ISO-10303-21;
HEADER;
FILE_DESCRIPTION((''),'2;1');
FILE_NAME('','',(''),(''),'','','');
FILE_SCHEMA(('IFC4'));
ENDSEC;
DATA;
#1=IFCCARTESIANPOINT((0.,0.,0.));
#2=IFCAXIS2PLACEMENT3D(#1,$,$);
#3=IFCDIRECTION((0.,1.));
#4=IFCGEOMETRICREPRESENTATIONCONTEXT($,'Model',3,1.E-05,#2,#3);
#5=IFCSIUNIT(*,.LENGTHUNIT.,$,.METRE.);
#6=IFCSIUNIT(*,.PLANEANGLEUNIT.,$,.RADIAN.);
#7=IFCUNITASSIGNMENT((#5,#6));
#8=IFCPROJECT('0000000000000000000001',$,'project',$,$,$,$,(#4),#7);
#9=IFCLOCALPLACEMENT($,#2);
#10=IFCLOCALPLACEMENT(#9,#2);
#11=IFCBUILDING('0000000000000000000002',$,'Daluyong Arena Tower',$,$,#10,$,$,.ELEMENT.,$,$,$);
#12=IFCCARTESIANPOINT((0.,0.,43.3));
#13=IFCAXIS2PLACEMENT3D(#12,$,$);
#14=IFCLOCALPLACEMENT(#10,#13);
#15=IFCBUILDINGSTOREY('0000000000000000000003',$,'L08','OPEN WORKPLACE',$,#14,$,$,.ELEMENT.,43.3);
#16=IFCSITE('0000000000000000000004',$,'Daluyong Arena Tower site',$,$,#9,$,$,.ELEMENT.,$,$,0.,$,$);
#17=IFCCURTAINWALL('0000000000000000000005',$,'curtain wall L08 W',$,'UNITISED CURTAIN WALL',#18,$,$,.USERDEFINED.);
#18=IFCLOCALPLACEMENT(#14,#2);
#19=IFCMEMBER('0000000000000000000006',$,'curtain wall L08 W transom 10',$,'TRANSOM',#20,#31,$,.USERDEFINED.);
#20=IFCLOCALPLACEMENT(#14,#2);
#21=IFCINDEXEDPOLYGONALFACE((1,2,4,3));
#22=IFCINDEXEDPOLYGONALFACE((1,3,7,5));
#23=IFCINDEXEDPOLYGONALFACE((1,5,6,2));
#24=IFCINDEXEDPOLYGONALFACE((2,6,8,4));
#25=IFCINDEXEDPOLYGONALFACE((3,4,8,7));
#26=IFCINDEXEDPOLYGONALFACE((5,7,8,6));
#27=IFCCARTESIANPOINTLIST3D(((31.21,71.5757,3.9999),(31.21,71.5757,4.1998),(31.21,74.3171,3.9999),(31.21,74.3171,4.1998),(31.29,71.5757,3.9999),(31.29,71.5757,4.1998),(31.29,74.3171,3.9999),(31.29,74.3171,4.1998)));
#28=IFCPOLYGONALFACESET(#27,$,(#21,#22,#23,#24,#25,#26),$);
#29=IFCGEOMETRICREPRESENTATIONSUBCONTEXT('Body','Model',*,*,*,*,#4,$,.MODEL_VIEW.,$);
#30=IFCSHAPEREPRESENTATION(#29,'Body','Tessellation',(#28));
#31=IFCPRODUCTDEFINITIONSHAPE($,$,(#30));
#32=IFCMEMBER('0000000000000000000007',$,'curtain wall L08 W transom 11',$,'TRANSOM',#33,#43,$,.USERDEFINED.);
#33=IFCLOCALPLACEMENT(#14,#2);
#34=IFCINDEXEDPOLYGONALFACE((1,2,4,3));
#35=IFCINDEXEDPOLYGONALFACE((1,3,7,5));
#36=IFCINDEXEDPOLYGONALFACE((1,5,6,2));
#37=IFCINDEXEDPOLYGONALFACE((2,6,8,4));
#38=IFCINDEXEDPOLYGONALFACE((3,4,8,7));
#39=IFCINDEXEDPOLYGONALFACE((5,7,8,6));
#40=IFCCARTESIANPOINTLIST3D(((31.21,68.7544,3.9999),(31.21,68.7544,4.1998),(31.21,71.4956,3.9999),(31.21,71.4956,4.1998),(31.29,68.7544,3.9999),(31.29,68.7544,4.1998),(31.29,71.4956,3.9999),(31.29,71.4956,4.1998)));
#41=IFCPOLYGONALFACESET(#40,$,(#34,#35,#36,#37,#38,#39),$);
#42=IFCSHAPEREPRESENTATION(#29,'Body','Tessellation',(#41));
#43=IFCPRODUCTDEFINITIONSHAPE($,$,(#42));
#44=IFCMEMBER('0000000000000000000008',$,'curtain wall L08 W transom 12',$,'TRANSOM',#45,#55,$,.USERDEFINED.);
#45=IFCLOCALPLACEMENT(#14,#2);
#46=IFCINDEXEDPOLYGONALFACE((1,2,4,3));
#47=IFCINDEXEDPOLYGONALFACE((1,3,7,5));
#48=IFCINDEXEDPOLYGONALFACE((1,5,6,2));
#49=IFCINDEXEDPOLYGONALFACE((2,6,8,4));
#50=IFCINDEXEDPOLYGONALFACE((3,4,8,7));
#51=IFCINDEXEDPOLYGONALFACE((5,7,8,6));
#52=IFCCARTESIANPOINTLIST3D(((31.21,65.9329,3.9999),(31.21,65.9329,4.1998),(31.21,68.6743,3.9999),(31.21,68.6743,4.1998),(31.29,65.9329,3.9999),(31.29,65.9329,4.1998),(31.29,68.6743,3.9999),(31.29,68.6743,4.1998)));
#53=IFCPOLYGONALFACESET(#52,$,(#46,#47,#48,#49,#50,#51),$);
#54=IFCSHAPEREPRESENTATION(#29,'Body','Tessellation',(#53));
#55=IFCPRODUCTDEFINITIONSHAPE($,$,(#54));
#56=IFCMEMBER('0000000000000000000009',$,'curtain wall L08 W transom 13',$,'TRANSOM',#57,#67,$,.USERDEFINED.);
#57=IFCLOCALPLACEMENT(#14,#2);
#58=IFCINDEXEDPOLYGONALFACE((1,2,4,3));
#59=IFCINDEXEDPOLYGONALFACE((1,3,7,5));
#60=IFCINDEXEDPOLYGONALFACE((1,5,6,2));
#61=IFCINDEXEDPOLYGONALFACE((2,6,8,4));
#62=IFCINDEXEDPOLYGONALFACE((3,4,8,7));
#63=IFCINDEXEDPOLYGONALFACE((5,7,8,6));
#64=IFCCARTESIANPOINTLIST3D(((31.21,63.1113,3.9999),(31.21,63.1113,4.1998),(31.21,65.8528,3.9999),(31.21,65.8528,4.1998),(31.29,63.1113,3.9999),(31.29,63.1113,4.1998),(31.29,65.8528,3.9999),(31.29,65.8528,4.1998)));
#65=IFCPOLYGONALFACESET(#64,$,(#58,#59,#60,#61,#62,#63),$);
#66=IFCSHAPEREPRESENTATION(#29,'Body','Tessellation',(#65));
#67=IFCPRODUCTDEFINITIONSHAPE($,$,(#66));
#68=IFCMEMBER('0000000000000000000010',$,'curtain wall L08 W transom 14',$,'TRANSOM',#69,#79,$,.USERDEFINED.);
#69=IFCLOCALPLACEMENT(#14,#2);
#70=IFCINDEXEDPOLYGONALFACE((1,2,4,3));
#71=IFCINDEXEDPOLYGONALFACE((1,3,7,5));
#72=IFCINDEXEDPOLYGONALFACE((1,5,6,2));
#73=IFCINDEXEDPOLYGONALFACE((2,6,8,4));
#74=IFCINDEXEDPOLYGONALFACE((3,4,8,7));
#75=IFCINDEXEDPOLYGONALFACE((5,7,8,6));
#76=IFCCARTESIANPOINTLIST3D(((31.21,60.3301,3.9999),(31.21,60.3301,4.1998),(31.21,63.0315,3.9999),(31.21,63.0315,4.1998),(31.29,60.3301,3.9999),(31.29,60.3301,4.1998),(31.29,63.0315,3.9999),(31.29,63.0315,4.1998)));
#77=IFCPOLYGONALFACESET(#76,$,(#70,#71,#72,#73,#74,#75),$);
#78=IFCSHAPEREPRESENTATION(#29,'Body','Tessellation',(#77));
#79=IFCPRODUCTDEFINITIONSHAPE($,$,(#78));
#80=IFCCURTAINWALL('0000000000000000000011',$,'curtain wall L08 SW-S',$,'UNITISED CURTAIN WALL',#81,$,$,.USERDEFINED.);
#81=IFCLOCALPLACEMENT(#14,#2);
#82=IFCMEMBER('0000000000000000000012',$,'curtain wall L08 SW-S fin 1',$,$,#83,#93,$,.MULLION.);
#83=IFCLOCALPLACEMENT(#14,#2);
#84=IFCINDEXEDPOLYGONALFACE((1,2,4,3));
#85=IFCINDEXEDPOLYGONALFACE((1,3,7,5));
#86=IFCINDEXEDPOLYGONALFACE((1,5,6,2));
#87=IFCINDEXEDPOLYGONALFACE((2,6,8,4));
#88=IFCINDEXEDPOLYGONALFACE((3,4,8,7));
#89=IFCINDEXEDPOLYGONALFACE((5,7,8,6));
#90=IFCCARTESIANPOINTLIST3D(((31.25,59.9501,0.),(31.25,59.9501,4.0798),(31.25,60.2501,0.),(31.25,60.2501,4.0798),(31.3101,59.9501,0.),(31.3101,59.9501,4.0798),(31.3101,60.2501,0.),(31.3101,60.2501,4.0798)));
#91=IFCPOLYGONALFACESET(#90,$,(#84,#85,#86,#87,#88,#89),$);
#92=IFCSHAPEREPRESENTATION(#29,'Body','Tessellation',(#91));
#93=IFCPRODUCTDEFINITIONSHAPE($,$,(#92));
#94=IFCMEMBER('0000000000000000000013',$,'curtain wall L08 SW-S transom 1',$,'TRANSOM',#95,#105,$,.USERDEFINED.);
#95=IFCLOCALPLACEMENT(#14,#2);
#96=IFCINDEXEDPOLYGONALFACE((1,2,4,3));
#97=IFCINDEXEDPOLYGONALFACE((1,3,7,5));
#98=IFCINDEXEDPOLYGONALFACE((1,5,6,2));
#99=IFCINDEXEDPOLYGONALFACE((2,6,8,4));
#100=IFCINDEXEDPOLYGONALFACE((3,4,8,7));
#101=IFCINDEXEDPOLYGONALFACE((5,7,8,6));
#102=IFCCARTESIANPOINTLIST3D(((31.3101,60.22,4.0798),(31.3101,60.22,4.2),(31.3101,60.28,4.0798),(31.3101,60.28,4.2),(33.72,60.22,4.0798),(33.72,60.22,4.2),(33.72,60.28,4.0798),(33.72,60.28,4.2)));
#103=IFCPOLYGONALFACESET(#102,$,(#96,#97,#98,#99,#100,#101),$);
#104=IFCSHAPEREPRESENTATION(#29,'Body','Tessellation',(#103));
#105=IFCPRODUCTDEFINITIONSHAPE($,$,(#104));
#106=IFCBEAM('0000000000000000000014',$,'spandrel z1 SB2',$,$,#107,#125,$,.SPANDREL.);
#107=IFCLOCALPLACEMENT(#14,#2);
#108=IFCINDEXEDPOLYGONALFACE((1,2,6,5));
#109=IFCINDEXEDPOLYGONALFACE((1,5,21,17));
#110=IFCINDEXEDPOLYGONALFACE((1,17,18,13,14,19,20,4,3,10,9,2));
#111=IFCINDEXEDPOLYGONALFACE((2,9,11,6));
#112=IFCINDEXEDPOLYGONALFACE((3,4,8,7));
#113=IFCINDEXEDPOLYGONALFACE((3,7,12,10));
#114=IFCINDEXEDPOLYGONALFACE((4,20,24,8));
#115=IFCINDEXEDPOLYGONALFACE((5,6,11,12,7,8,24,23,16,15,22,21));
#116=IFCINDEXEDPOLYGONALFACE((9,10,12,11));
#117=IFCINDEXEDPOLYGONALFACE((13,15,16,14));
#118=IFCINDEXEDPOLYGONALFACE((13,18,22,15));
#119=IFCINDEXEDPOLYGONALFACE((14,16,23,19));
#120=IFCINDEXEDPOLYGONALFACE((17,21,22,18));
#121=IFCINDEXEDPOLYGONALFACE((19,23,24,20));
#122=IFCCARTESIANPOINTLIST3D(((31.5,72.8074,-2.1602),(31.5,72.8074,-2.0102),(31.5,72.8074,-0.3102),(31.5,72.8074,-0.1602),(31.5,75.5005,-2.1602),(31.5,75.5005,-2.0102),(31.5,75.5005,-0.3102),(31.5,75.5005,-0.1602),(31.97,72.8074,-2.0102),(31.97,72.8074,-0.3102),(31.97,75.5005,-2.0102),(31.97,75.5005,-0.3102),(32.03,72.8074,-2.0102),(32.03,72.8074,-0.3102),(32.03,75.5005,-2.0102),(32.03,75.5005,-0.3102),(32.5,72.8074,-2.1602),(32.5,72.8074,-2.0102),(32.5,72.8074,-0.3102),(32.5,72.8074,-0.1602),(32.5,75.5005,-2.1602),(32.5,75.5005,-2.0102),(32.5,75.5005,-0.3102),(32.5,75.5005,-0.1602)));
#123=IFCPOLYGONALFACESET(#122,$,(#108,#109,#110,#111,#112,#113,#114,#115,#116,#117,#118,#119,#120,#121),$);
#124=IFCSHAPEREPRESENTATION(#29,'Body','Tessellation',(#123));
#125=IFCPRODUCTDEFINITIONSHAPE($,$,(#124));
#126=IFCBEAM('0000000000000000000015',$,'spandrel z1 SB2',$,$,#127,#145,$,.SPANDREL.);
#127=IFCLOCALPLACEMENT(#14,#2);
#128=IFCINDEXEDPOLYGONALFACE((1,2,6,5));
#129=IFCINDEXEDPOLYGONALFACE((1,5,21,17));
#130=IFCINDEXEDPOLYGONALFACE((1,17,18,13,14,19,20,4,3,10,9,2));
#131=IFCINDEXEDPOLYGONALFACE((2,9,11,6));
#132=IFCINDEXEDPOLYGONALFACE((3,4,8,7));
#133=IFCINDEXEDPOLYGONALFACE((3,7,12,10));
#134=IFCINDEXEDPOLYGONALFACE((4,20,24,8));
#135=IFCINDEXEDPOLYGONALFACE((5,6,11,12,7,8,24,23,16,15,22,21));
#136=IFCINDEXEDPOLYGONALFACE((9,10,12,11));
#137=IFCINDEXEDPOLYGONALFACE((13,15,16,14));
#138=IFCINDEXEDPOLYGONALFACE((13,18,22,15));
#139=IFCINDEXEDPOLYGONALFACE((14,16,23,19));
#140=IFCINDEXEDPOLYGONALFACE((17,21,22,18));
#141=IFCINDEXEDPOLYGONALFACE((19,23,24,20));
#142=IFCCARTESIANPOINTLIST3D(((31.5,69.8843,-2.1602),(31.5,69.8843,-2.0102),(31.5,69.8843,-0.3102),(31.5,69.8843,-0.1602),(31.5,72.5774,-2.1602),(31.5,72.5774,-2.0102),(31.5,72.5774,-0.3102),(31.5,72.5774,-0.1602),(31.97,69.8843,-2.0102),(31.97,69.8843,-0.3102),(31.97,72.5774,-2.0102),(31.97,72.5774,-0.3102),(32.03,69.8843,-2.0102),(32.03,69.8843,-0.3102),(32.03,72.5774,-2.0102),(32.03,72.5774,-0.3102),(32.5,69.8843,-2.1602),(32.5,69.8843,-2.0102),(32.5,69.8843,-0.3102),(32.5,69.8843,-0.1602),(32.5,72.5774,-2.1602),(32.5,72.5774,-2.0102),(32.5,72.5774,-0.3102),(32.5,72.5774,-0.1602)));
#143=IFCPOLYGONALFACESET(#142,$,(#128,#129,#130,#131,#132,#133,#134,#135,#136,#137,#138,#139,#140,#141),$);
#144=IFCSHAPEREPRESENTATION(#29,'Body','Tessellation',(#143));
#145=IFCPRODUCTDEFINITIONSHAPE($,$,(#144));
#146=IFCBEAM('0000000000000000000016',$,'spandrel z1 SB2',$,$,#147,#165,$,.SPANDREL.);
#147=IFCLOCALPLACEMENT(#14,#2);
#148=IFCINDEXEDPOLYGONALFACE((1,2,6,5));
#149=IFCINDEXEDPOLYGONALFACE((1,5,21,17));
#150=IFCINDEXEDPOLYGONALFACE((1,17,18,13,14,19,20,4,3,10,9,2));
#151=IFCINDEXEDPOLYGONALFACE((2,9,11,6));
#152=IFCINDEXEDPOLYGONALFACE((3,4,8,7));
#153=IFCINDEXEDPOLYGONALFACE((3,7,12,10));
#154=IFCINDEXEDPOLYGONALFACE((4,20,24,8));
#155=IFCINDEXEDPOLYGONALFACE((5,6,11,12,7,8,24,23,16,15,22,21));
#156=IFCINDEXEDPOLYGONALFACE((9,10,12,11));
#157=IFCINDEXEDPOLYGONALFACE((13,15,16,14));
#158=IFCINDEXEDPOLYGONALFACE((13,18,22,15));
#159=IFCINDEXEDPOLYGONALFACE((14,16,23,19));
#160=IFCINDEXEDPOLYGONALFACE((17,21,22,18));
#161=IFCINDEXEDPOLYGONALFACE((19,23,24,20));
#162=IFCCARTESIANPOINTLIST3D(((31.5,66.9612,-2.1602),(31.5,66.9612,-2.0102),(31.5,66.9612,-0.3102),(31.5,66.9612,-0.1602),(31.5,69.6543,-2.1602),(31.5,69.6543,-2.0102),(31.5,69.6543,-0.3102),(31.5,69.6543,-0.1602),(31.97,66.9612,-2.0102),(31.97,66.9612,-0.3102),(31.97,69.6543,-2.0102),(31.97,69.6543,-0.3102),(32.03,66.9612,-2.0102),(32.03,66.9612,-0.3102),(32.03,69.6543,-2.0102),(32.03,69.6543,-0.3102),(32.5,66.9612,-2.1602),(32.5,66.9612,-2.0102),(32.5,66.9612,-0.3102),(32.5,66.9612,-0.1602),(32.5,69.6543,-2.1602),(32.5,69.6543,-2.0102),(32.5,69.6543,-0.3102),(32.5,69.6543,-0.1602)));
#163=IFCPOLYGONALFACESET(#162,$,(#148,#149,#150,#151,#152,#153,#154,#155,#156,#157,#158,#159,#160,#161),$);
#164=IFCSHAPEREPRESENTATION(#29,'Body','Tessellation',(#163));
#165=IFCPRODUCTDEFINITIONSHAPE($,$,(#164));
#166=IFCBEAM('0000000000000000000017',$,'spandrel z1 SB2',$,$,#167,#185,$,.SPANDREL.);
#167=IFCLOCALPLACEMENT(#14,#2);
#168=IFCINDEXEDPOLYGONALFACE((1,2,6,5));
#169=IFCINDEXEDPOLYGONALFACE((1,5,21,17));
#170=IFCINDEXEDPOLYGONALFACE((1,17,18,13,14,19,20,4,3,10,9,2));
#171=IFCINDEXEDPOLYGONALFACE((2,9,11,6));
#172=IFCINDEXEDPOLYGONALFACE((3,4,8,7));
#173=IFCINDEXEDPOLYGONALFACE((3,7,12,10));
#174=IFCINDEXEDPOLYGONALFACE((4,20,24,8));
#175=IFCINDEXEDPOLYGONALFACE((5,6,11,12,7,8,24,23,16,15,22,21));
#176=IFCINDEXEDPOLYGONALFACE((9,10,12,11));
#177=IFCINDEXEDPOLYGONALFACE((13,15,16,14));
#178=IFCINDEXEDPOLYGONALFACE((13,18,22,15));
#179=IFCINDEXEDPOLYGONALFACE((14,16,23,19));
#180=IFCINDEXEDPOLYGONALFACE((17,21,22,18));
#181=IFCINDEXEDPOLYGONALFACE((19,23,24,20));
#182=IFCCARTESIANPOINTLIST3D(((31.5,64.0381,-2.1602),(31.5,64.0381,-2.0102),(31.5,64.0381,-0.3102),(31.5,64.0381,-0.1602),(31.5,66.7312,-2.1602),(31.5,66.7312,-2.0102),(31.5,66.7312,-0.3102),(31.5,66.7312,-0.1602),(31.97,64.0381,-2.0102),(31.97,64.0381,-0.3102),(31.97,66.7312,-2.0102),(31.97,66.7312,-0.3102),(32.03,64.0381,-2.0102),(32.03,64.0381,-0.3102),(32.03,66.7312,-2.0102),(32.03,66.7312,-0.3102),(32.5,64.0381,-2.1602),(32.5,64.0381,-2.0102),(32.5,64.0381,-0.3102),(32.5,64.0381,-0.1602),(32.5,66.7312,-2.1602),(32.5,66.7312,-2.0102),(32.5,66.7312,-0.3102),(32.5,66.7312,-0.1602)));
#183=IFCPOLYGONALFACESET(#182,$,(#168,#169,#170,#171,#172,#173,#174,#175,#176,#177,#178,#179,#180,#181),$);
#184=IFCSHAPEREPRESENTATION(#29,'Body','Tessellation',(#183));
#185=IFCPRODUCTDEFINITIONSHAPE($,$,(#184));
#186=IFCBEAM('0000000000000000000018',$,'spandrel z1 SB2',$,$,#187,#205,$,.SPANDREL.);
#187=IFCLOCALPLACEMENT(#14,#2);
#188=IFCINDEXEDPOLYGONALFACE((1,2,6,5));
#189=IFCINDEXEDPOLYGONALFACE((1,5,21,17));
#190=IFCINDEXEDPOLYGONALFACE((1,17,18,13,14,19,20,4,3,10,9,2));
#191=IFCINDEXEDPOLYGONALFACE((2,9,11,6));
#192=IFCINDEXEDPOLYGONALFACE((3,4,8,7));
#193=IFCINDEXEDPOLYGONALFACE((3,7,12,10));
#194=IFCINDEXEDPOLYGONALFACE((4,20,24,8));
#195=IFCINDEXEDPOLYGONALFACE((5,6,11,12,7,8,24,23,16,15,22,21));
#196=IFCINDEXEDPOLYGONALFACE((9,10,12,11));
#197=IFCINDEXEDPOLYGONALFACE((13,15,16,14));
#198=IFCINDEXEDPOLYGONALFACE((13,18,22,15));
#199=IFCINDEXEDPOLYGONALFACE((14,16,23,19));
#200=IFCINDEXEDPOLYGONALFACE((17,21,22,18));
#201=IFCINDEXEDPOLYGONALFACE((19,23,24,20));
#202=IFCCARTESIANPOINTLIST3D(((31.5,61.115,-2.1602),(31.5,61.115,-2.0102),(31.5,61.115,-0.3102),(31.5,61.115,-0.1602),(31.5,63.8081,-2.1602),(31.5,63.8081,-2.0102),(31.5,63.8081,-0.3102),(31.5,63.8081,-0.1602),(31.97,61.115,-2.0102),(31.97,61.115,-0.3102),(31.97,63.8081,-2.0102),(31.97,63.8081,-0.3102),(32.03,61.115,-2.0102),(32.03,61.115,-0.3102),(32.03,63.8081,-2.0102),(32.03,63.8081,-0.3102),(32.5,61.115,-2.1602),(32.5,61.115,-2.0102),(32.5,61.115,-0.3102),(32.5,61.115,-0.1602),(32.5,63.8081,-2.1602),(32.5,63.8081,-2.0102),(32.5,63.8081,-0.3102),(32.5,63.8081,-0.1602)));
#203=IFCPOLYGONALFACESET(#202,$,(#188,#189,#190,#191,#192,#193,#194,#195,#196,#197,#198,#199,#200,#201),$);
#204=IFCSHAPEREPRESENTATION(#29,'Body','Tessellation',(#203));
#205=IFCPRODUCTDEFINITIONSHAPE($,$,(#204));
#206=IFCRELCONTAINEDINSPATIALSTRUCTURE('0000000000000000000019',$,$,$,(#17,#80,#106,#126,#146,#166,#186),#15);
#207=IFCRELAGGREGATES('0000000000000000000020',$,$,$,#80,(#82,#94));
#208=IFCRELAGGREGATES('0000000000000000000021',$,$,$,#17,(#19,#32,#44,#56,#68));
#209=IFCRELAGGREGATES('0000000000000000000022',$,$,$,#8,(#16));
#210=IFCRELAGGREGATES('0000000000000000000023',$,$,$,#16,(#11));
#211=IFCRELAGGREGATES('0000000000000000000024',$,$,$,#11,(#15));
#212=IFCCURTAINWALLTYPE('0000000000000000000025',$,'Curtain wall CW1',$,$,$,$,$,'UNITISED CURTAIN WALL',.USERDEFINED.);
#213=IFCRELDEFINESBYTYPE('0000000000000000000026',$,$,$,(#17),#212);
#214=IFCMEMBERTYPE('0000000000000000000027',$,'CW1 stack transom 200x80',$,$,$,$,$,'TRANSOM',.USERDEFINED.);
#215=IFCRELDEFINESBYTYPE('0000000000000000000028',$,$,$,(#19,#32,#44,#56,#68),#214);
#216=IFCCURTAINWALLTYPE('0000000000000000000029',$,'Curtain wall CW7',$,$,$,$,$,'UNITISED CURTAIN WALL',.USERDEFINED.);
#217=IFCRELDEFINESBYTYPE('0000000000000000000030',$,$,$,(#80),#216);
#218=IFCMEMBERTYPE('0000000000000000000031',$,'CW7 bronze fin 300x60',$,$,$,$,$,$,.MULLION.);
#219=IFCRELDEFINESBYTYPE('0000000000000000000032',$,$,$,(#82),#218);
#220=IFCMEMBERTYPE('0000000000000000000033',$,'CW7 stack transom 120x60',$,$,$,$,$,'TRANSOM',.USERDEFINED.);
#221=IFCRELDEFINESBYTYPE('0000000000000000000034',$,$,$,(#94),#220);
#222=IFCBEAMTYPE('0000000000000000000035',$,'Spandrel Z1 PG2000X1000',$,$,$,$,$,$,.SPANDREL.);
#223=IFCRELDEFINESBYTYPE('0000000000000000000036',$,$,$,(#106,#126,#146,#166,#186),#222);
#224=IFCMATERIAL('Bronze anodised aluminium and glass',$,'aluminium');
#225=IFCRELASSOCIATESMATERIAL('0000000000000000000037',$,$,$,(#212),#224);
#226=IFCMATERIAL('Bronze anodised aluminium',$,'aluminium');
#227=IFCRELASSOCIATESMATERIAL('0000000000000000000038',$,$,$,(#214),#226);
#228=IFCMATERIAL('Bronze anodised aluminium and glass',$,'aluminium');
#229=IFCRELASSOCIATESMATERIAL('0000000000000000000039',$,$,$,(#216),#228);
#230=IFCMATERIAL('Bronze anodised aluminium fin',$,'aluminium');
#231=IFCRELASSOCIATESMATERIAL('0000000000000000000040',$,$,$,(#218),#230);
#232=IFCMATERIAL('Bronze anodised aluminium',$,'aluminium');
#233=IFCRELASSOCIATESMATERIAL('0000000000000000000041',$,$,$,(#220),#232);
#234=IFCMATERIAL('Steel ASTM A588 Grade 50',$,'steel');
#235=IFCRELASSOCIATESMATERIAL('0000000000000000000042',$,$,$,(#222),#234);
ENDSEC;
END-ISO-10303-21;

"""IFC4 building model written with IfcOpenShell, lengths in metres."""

from ifc_helpers import new_model, si_unit, direction, frame, origin, origin_2d, place, context, subcontext, project, spatial, rectangle, i_section, extrude, material, material_profile, profile_set, type_object, element, aggregate, save


model = new_model("IFC4")

# Units and contexts
model_context = context("Model", 3, precision=1e-05, world=origin(), true_north=direction((0.0, 1.0)))
body_context = subcontext(model_context, "Body", "Model", "MODEL_VIEW")
ifc_project = project(units=[si_unit("LENGTHUNIT", "METRE"), si_unit("PLANEANGLEUNIT", "RADIAN")], contexts=[model_context])

# Site, building, storey
site_placement = place(None, origin())
site = spatial("IfcSite", under=ifc_project, at=site_placement, Name="Daluyong Arena Tower site", CompositionType="ELEMENT", RefElevation=0.0)
building_placement = place(site_placement, origin())
building = spatial("IfcBuilding", under=site, at=building_placement, Name="Daluyong Arena Tower", CompositionType="ELEMENT")
storey_placement = place(building_placement, frame((0.0, 0.0, 43.3)))
storey = spatial("IfcBuildingStorey", under=building, at=storey_placement, Name="L08", Description="OPEN WORKPLACE", CompositionType="ELEMENT", Elevation=43.3)

# Curtain walls, members
ifc_material_1 = material(Name="Bronze anodised aluminium and glass", Category="aluminium")
curtain_wall_type_1 = type_object("IfcCurtainWallType", Name="Curtain wall CW1", ElementType="UNITISED CURTAIN WALL", PredefinedType="USERDEFINED", material=ifc_material_1)
curtain_wall_1_placement = place(storey_placement, origin())
curtain_wall_1 = element("IfcCurtainWall", 1, at=curtain_wall_1_placement, inside=storey, type_object=curtain_wall_type_1, Name="curtain wall L08 W", ObjectType="UNITISED CURTAIN WALL", PredefinedType="USERDEFINED")
ifc_material_2 = material(Name="Bronze anodised aluminium", Category="aluminium")
ifc_material_profile_1 = material_profile(ifc_material_2, rectangle(XDim=0.0801, YDim=0.2, at=origin_2d()))
ifc_profile_set_1 = profile_set([ifc_material_profile_1], Name="Bronze anodised aluminium")
member_type_1 = type_object("IfcMemberType", Name="CW1 stack transom 200x80", ElementType="TRANSOM", PredefinedType="USERDEFINED", material=ifc_profile_set_1)
member_1_placement = place(storey_placement, frame((31.25, 74.3171, 4.0999), z_axis=(0.0, -1.0, 0.0), x_axis=(1.0, 0.0, 0.0)))
member_1 = element("IfcMember", 2, at=member_1_placement, type_object=member_type_1, Name="curtain wall L08 W transom 10", ObjectType="TRANSOM", PredefinedType="USERDEFINED", context=body_context, shape_type="SweptSolid", body=[
    extrude(rectangle(XDim=0.0801, YDim=0.2, at=origin_2d()), origin(), (0.0, 0.0, 1.0), 2.7415),
])
member_2_placement = place(storey_placement, frame((31.25, 71.4956, 4.0999), z_axis=(0.0, -1.0, 0.0), x_axis=(1.0, 0.0, 0.0)))
member_2 = element("IfcMember", 3, at=member_2_placement, type_object=member_type_1, Name="curtain wall L08 W transom 11", ObjectType="TRANSOM", PredefinedType="USERDEFINED", context=body_context, shape_type="SweptSolid", body=[
    extrude(rectangle(XDim=0.0801, YDim=0.2, at=origin_2d()), origin(), (0.0, 0.0, 1.0), 2.7412),
])
member_3_placement = place(storey_placement, frame((31.25, 68.6743, 4.0999), z_axis=(0.0, -1.0, 0.0), x_axis=(1.0, 0.0, 0.0)))
member_3 = element("IfcMember", 4, at=member_3_placement, type_object=member_type_1, Name="curtain wall L08 W transom 12", ObjectType="TRANSOM", PredefinedType="USERDEFINED", context=body_context, shape_type="SweptSolid", body=[
    extrude(rectangle(XDim=0.0801, YDim=0.2, at=origin_2d()), origin(), (0.0, 0.0, 1.0), 2.7415),
])
member_4_placement = place(storey_placement, frame((31.25, 65.8528, 4.0999), z_axis=(0.0, -1.0, 0.0), x_axis=(1.0, 0.0, 0.0)))
member_4 = element("IfcMember", 5, at=member_4_placement, type_object=member_type_1, Name="curtain wall L08 W transom 13", ObjectType="TRANSOM", PredefinedType="USERDEFINED", context=body_context, shape_type="SweptSolid", body=[
    extrude(rectangle(XDim=0.0801, YDim=0.2, at=origin_2d()), origin(), (0.0, 0.0, 1.0), 2.7415),
])
member_5_placement = place(storey_placement, frame((31.25, 63.0315, 4.0999), z_axis=(0.0, -1.0, 0.0), x_axis=(1.0, 0.0, 0.0)))
member_5 = element("IfcMember", 6, at=member_5_placement, type_object=member_type_1, Name="curtain wall L08 W transom 14", ObjectType="TRANSOM", PredefinedType="USERDEFINED", context=body_context, shape_type="SweptSolid", body=[
    extrude(rectangle(XDim=0.0801, YDim=0.2, at=origin_2d()), origin(), (0.0, 0.0, 1.0), 2.7014),
])
ifc_material_3 = material(Name="Bronze anodised aluminium and glass", Category="aluminium")
curtain_wall_type_2 = type_object("IfcCurtainWallType", Name="Curtain wall CW7", ElementType="UNITISED CURTAIN WALL", PredefinedType="USERDEFINED", material=ifc_material_3)
curtain_wall_2_placement = place(storey_placement, origin())
curtain_wall_2 = element("IfcCurtainWall", 7, at=curtain_wall_2_placement, inside=storey, type_object=curtain_wall_type_2, Name="curtain wall L08 SW-S", ObjectType="UNITISED CURTAIN WALL", PredefinedType="USERDEFINED")
ifc_material_4 = material(Name="Bronze anodised aluminium fin", Category="aluminium")
ifc_material_profile_2 = material_profile(ifc_material_4, rectangle(XDim=0.3, YDim=0.0601, at=origin_2d()))
ifc_profile_set_2 = profile_set([ifc_material_profile_2], Name="Bronze anodised aluminium fin")
member_type_2 = type_object("IfcMemberType", Name="CW7 bronze fin 300x60", PredefinedType="MULLION", material=ifc_profile_set_2)
member_6_placement = place(storey_placement, frame((31.28, 60.1001, 0.0), z_axis=(0.0, 0.0, 1.0), x_axis=(0.0, 1.0, 0.0)))
member_6 = element("IfcMember", 8, at=member_6_placement, type_object=member_type_2, Name="curtain wall L08 SW-S fin 1", PredefinedType="MULLION", context=body_context, shape_type="SweptSolid", body=[
    extrude(rectangle(XDim=0.3, YDim=0.0601, at=origin_2d()), origin(), (0.0, 0.0, 1.0), 4.0798),
])
ifc_material_5 = material(Name="Bronze anodised aluminium", Category="aluminium")
ifc_material_profile_3 = material_profile(ifc_material_5, rectangle(XDim=0.0601, YDim=0.1201, at=origin_2d()))
ifc_profile_set_3 = profile_set([ifc_material_profile_3], Name="Bronze anodised aluminium")
member_type_3 = type_object("IfcMemberType", Name="CW7 stack transom 120x60", ElementType="TRANSOM", PredefinedType="USERDEFINED", material=ifc_profile_set_3)
member_7_placement = place(storey_placement, frame((31.3101, 60.25, 4.1399), z_axis=(1.0, 0.0, 0.0), x_axis=(0.0, 1.0, 0.0)))
member_7 = element("IfcMember", 9, at=member_7_placement, type_object=member_type_3, Name="curtain wall L08 SW-S transom 1", ObjectType="TRANSOM", PredefinedType="USERDEFINED", context=body_context, shape_type="SweptSolid", body=[
    extrude(rectangle(XDim=0.0601, YDim=0.1201, at=origin_2d()), origin(), (0.0, 0.0, 1.0), 2.4099),
])
aggregate(curtain_wall_2, [member_6, member_7])

# Beams
ifc_material_6 = material(Name="Steel ASTM A588 Grade 50", Category="steel")
ifc_material_profile_4 = material_profile(ifc_material_6, i_section(OverallWidth=1.0, OverallDepth=2.0, WebThickness=0.06, FlangeThickness=0.15, at=origin_2d()))
ifc_profile_set_4 = profile_set([ifc_material_profile_4], Name="Steel ASTM A588 Grade 50")
beam_type = type_object("IfcBeamType", Name="Spandrel Z1 PG2000X1000", PredefinedType="SPANDREL", material=ifc_profile_set_4)
for number, where, z_axis, x_axis, name in (
    (10, (32.0, 75.5005, -1.1602), (0.0, -1.0, 0.0), (1.0, 0.0, 0.0), "spandrel z1 SB2"),
    (11, (32.0, 72.5774, -1.1602), (0.0, -1.0, 0.0), (1.0, 0.0, 0.0), "spandrel z1 SB2"),
    (12, (32.0, 69.6543, -1.1602), (0.0, -1.0, 0.0), (1.0, 0.0, 0.0), "spandrel z1 SB2"),
    (13, (32.0, 66.7312, -1.1602), (0.0, -1.0, 0.0), (1.0, 0.0, 0.0), "spandrel z1 SB2"),
    (14, (32.0, 63.8081, -1.1602), (0.0, -1.0, 0.0), (1.0, 0.0, 0.0), "spandrel z1 SB2"),
):
    element("IfcBeam", number, at=place(storey_placement, frame(where, z_axis=z_axis, x_axis=x_axis)), inside=storey, type_object=beam_type, Name=name, PredefinedType="SPANDREL", context=body_context, shape_type="SweptSolid", body=[
        extrude(i_section(OverallWidth=1.0, OverallDepth=2.0, WebThickness=0.06, FlangeThickness=0.15, at=origin_2d()), origin(), (0.0, 0.0, 1.0), 2.6931),
    ])

aggregate(curtain_wall_1, [member_1, member_2, member_3, member_4, member_5])

save(model, "model.ifc")
